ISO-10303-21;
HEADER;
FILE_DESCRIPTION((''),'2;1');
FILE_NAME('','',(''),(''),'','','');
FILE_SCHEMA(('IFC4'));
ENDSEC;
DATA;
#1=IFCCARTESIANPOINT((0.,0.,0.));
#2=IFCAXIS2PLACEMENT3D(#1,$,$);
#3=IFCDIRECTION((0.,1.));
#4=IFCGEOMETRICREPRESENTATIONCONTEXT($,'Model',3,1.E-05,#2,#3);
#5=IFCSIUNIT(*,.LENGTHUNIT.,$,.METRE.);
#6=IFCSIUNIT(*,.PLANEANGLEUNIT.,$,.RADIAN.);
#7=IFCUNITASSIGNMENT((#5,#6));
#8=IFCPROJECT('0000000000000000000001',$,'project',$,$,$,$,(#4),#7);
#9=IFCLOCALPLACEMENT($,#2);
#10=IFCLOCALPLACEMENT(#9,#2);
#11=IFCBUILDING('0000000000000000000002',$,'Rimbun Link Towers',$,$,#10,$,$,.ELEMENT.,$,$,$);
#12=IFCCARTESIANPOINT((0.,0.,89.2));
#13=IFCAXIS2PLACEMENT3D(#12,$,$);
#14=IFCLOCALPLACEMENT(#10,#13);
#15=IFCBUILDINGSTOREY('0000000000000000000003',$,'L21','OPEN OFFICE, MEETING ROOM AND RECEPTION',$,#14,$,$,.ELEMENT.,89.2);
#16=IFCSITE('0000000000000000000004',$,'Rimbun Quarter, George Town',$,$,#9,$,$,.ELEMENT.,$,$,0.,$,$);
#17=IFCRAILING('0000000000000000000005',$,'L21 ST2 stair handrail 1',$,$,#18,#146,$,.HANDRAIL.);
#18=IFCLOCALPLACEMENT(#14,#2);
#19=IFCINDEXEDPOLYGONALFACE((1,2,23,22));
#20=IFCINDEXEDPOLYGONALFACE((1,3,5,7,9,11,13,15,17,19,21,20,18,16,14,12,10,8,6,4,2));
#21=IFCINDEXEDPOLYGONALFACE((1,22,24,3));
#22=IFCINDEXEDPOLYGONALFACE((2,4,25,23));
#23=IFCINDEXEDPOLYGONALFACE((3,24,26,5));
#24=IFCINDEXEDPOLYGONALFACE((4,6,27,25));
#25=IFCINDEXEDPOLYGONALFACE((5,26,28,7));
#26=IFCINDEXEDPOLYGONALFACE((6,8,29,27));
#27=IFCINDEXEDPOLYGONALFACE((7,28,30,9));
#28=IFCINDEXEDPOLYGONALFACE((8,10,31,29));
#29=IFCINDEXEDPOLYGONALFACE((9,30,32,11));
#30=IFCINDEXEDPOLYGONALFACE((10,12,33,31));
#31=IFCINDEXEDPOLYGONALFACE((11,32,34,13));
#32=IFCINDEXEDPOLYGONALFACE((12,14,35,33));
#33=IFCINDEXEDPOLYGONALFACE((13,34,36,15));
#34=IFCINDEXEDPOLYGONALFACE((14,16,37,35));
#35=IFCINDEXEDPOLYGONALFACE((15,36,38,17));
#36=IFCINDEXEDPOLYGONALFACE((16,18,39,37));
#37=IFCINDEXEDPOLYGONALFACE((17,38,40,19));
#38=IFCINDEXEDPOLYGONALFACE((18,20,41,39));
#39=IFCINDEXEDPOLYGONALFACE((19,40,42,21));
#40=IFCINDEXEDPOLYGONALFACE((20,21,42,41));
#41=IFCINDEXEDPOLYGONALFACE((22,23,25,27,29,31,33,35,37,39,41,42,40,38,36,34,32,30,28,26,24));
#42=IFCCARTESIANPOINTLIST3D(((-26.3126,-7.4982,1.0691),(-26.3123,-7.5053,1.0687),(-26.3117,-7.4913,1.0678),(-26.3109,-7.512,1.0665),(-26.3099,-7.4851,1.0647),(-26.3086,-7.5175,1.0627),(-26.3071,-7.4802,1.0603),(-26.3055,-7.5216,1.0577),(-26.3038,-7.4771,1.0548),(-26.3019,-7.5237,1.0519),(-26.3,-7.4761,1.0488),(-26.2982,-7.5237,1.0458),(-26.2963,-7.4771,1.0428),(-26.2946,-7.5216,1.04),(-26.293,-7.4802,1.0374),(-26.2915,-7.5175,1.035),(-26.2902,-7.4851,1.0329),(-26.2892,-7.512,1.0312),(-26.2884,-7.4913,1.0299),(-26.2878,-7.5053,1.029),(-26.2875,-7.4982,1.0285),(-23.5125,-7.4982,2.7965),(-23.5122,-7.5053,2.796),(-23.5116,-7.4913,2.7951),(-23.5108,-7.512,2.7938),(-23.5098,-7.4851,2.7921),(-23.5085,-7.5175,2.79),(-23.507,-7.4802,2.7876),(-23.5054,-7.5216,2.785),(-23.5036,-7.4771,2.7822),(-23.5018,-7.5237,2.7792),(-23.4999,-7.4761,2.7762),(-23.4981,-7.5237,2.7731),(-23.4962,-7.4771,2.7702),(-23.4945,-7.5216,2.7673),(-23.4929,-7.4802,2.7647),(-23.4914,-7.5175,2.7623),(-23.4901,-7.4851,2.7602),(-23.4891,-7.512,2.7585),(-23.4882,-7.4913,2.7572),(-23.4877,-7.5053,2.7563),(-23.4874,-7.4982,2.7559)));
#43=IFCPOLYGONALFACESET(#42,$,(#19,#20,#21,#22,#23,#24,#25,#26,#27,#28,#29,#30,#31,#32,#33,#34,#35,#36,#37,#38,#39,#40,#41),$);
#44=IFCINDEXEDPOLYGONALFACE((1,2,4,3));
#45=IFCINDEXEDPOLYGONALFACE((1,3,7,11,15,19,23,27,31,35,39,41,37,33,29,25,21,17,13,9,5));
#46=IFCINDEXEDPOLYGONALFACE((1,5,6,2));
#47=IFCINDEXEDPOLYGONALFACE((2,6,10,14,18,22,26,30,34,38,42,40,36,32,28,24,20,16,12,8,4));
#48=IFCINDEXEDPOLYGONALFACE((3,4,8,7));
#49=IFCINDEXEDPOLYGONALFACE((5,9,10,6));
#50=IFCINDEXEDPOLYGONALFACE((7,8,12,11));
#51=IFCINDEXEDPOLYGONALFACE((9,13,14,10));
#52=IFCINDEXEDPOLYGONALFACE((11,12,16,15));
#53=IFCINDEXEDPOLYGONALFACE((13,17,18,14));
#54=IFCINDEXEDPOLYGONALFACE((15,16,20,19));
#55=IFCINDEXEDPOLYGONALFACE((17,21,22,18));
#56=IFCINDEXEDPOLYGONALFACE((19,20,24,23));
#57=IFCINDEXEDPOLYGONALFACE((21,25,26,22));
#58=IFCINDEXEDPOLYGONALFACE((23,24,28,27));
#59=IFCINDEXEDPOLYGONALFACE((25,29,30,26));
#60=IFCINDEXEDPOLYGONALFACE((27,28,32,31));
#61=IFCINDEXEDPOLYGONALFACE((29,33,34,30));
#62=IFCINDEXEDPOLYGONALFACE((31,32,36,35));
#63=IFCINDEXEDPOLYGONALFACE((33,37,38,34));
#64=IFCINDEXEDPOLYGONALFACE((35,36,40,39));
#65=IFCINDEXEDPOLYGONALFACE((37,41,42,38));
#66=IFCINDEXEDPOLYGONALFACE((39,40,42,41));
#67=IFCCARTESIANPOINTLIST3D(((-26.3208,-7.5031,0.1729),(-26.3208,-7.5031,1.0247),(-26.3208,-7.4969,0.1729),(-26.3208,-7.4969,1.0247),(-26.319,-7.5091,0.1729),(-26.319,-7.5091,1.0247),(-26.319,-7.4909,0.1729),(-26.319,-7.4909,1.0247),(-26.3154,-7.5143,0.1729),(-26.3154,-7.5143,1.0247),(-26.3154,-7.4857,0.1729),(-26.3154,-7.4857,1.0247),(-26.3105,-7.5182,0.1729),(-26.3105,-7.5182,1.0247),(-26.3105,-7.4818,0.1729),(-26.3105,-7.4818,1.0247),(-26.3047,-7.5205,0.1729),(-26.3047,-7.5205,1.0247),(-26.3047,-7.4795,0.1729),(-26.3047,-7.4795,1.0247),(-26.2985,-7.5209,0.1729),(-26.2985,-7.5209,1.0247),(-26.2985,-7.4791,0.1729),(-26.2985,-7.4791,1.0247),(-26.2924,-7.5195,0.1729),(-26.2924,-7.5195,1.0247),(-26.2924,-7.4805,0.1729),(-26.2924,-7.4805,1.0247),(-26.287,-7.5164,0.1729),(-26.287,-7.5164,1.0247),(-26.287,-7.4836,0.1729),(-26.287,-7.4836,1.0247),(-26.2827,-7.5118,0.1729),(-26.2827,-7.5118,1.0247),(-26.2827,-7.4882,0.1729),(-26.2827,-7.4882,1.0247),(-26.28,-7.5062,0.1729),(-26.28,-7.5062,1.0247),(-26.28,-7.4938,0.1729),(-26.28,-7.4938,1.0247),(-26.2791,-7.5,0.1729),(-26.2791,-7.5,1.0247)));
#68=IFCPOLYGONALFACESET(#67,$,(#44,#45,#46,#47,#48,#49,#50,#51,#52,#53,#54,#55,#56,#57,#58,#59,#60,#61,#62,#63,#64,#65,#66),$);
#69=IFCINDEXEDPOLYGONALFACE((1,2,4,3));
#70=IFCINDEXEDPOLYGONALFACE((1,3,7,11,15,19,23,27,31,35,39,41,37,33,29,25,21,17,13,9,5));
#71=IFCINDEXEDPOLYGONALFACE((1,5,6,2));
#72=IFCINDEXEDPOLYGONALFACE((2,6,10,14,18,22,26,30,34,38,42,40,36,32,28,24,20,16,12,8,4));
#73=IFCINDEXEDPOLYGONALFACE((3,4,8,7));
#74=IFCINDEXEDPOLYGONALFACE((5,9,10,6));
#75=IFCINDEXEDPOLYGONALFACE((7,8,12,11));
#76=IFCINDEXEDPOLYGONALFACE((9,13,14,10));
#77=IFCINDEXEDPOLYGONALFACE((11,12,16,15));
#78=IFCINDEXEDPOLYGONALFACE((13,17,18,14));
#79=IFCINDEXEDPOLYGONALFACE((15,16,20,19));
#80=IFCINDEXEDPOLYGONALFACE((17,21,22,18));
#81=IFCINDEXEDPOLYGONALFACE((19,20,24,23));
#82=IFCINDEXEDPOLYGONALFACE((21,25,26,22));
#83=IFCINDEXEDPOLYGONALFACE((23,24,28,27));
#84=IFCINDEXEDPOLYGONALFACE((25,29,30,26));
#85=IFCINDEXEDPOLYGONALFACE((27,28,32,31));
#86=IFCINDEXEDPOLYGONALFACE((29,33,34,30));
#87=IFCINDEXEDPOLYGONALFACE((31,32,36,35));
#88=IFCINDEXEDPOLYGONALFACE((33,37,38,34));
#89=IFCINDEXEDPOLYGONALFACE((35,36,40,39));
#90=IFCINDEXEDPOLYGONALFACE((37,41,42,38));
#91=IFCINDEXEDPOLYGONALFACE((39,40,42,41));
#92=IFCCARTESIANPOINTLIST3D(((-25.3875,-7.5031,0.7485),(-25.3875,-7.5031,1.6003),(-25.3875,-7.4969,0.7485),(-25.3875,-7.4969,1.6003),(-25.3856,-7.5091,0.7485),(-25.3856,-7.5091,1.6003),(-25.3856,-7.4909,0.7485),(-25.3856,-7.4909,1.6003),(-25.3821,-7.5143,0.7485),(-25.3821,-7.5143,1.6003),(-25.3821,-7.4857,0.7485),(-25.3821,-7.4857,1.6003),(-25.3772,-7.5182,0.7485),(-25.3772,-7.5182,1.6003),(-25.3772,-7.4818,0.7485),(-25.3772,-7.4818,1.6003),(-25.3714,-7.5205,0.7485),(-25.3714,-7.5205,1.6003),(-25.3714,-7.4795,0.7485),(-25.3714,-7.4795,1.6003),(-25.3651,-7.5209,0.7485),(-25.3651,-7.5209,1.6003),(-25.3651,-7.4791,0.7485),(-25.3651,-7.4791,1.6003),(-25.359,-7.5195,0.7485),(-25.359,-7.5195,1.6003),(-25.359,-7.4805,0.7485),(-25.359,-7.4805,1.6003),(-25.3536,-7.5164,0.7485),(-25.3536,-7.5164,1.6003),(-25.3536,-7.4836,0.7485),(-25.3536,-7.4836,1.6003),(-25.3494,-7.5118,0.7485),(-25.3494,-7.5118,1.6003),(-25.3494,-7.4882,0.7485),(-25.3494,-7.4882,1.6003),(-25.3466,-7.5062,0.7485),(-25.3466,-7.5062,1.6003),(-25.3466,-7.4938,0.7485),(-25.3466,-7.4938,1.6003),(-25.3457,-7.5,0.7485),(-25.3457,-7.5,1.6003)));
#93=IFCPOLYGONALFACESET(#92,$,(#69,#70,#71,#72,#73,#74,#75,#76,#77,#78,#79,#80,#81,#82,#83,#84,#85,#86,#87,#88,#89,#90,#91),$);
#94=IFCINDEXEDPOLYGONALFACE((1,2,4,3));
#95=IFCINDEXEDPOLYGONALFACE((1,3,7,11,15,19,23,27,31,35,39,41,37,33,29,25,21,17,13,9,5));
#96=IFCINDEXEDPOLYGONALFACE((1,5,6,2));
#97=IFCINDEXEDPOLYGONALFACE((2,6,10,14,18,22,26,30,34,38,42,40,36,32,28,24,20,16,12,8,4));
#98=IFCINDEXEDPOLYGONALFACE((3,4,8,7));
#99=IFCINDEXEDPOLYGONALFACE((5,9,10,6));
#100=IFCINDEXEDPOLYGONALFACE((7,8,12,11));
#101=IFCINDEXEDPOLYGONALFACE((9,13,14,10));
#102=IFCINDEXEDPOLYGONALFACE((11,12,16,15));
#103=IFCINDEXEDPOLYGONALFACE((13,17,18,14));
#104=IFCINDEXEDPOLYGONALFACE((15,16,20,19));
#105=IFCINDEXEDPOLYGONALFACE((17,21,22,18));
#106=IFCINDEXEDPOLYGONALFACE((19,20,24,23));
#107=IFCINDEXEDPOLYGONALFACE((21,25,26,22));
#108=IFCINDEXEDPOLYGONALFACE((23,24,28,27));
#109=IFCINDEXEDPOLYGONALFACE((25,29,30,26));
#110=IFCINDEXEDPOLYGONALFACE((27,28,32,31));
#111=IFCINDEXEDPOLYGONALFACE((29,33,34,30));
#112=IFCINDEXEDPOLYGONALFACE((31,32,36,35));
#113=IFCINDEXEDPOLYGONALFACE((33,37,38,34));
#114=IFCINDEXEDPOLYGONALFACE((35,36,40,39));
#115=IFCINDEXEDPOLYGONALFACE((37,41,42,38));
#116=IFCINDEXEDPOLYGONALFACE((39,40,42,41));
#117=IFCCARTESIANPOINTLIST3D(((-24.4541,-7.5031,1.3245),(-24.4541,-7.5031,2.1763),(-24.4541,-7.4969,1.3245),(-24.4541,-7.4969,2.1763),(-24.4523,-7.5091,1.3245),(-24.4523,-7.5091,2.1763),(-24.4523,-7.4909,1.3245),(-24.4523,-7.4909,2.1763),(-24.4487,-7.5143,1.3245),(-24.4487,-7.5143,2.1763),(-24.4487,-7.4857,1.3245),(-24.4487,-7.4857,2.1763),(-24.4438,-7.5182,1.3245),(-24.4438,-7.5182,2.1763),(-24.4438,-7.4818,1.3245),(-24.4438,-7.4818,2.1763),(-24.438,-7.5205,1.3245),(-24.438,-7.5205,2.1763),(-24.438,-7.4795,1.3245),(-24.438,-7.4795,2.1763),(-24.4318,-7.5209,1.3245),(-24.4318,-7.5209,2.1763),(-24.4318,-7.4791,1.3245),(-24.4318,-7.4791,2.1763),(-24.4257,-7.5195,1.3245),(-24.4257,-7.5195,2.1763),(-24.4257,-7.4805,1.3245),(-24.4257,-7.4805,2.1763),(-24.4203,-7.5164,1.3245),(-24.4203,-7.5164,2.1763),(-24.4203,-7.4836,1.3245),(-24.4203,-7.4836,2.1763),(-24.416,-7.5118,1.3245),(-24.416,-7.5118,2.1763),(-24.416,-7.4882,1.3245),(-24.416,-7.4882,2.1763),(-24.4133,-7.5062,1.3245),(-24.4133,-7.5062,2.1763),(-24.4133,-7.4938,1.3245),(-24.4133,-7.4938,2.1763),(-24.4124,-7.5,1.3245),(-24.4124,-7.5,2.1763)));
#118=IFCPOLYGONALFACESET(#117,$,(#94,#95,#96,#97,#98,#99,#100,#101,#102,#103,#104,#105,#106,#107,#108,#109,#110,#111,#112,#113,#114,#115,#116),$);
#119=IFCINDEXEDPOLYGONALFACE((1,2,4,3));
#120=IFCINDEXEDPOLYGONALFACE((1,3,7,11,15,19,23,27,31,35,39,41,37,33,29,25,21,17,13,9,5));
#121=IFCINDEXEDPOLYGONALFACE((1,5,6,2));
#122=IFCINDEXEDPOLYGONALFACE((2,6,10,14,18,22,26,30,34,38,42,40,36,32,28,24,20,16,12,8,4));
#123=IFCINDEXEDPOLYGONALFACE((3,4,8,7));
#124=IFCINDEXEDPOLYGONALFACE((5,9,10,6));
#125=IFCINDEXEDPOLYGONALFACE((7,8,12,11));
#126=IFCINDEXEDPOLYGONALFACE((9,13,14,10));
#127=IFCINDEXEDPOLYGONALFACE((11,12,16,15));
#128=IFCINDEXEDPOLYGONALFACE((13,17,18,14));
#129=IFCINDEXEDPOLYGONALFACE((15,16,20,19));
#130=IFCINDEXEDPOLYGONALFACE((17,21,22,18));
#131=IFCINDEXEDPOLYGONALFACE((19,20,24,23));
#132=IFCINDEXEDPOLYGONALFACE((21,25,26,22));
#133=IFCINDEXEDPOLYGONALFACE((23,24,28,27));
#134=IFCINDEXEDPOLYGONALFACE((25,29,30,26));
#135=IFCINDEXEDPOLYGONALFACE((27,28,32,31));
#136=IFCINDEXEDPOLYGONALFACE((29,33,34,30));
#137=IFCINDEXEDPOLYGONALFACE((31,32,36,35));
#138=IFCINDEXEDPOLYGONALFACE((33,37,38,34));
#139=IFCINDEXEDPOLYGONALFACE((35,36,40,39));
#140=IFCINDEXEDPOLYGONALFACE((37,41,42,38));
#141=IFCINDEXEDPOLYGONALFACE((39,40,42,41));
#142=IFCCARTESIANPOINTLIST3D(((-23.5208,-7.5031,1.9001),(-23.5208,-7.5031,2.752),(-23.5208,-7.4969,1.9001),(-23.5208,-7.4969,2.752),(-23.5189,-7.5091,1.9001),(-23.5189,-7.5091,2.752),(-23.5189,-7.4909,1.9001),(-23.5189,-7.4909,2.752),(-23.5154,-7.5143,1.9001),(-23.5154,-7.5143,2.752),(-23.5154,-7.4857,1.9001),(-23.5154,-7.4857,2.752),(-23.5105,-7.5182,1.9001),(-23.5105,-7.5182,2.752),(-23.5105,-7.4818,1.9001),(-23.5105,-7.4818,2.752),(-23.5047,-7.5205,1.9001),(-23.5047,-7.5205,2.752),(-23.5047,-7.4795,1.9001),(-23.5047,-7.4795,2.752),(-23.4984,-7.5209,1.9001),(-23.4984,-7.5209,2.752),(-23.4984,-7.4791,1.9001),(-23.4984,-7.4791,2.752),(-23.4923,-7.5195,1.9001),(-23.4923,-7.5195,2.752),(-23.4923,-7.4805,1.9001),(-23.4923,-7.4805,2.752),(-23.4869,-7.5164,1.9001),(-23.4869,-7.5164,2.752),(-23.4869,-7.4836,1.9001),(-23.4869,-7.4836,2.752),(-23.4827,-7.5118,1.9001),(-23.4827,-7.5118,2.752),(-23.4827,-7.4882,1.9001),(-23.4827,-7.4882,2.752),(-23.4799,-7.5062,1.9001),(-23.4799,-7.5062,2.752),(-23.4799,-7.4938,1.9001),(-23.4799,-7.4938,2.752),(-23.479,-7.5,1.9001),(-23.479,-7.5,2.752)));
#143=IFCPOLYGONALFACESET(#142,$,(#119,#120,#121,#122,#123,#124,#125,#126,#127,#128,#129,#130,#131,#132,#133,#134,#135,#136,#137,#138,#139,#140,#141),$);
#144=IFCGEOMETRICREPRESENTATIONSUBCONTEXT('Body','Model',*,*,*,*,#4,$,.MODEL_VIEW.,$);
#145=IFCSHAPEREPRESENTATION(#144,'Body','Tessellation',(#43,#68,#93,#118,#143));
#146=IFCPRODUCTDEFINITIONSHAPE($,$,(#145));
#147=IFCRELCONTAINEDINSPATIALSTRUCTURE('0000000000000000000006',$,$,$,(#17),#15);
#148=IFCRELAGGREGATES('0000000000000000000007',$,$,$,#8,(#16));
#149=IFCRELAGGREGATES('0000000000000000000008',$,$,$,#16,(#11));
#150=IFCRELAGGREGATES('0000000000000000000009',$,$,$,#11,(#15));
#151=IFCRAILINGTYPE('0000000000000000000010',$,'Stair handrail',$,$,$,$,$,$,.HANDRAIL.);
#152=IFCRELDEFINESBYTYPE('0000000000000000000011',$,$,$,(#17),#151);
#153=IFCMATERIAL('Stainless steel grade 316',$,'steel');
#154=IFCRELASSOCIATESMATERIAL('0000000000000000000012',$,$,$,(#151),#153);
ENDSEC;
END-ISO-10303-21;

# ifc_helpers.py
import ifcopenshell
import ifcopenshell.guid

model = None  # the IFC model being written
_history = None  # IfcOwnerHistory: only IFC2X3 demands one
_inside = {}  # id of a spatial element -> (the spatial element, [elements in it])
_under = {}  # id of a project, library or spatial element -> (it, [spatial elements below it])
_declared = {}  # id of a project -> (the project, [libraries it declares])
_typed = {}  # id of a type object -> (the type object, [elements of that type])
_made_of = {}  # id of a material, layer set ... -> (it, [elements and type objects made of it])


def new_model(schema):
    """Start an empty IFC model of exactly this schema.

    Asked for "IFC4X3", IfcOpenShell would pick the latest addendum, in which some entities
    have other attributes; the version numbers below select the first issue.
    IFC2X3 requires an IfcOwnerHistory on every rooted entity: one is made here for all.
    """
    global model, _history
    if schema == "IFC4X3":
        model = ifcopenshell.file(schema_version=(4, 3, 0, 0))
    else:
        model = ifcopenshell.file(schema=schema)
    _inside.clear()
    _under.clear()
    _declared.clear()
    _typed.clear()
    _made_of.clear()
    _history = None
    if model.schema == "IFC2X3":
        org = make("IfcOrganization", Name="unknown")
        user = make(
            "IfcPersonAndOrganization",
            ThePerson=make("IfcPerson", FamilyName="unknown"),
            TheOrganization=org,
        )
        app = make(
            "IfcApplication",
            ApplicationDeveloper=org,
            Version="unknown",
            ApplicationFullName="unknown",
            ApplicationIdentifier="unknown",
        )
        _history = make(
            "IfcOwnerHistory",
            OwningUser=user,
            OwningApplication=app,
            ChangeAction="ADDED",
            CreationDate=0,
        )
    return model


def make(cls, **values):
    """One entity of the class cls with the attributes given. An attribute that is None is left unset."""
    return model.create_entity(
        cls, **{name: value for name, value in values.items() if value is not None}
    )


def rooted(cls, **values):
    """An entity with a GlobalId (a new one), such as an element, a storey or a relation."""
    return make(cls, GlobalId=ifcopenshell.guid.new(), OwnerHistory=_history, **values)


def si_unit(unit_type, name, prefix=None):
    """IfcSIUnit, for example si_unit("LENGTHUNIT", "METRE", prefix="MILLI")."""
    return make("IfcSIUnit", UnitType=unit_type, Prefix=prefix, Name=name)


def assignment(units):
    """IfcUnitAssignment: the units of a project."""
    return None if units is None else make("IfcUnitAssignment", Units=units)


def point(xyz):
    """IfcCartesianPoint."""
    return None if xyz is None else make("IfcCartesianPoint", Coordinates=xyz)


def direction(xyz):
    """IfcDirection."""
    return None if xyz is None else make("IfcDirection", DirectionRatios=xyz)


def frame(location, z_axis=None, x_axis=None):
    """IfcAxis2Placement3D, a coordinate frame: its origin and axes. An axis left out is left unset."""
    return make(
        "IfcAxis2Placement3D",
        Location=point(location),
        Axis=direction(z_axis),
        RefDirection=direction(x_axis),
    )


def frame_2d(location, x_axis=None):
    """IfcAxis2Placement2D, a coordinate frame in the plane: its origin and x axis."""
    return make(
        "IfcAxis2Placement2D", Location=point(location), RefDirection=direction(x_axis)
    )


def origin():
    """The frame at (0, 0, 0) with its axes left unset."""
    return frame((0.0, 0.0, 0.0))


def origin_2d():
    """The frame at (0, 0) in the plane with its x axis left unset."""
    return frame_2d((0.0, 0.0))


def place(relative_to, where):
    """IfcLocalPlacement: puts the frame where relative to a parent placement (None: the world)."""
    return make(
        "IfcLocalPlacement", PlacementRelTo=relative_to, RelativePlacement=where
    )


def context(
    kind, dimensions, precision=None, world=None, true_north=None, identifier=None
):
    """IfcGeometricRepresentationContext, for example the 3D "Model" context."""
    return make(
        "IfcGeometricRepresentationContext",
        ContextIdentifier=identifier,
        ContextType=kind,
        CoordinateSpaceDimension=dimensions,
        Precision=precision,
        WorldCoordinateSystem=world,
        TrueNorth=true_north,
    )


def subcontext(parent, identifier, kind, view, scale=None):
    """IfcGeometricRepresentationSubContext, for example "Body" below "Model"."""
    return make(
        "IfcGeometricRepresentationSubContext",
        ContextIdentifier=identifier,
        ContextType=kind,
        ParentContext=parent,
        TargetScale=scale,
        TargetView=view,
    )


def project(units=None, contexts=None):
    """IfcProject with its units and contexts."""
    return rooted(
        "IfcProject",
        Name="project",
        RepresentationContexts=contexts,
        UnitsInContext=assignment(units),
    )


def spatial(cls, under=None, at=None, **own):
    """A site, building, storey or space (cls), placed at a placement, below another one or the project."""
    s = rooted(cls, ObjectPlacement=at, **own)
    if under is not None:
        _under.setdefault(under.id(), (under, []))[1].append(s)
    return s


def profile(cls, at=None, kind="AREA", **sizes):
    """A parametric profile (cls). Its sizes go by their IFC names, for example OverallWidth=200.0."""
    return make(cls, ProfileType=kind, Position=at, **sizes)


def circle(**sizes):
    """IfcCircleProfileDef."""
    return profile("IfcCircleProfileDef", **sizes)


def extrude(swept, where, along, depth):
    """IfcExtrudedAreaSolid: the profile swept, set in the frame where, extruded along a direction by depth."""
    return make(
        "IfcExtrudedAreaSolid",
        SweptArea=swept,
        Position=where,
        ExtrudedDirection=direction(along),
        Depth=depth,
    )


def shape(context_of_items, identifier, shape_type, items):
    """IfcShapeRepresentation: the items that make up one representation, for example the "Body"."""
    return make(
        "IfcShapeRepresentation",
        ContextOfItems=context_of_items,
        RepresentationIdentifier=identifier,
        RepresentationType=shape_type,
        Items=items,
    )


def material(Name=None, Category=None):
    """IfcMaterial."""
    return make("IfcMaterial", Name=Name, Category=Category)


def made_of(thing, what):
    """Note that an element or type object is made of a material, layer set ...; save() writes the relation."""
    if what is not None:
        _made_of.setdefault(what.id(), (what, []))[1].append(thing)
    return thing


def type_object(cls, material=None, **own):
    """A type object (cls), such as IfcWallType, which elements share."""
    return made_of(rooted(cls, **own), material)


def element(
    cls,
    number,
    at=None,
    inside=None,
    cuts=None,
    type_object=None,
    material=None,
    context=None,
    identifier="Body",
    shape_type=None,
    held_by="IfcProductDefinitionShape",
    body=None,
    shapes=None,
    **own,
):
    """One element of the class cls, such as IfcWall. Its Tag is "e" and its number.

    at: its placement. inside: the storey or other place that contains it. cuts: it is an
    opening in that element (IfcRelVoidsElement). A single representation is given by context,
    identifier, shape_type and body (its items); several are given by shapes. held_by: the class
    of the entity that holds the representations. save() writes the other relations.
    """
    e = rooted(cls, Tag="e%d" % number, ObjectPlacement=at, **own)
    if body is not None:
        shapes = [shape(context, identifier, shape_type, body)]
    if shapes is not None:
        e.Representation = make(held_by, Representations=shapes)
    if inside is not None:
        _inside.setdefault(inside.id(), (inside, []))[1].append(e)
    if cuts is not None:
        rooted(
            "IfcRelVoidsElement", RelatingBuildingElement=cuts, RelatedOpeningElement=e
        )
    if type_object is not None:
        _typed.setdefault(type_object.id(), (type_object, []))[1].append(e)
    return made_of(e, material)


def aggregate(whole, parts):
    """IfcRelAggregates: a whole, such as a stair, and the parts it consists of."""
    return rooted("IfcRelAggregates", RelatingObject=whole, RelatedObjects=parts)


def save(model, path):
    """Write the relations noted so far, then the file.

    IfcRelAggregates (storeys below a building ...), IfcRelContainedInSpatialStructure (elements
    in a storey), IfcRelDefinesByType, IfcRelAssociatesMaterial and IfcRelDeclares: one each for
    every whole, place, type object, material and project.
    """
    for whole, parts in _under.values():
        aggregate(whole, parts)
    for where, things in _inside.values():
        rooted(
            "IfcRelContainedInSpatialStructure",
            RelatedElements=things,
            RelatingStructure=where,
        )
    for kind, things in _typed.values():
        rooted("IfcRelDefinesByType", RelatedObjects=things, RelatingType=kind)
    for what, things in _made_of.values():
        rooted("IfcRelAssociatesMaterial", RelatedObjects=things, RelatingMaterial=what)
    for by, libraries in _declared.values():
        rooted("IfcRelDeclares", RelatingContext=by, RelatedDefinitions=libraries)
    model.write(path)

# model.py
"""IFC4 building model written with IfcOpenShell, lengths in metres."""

from ifc_helpers import new_model, si_unit, direction, frame, origin, origin_2d, place, context, subcontext, project, spatial, circle, extrude, material, type_object, element, save


model = new_model("IFC4")

# Units and contexts
model_context = context("Model", 3, precision=1e-05, world=origin(), true_north=direction((0.0, 1.0)))
body_context = subcontext(model_context, "Body", "Model", "MODEL_VIEW")
ifc_project = project(units=[si_unit("LENGTHUNIT", "METRE"), si_unit("PLANEANGLEUNIT", "RADIAN")], contexts=[model_context])

# Site, building, storey
site_placement = place(None, origin())
site = spatial("IfcSite", under=ifc_project, at=site_placement, Name="Rimbun Quarter, George Town", CompositionType="ELEMENT", RefElevation=0.0)
building_placement = place(site_placement, origin())
building = spatial("IfcBuilding", under=site, at=building_placement, Name="Rimbun Link Towers", CompositionType="ELEMENT")
storey_placement = place(building_placement, frame((0.0, 0.0, 89.2)))
storey = spatial("IfcBuildingStorey", under=building, at=storey_placement, Name="L21", Description="OPEN OFFICE, MEETING ROOM AND RECEPTION", CompositionType="ELEMENT", Elevation=89.2)

# Railing
ifc_material_1 = material(Name="Stainless steel grade 316", Category="steel")
railing_type_1 = type_object("IfcRailingType", Name="Stair handrail", PredefinedType="HANDRAIL", material=ifc_material_1)
railing_1_placement = place(storey_placement, frame((-26.3, -7.5, 0.1729)))
element("IfcRailing", 1, at=railing_1_placement, inside=storey, type_object=railing_type_1, Name="L21 ST2 stair handrail 1", PredefinedType="HANDRAIL", context=body_context, shape_type="SweptSolid", body=[
    extrude(circle(Radius=0.0239, at=origin_2d()), frame((0.0, 0.0, 0.876), z_axis=(0.85109, 0.0, 0.52502), x_axis=(0.0, 1.0, 0.0)), (0.0, 0.0, 1.0), 3.29),
    extrude(circle(Radius=0.021, at=origin_2d()), origin(), (0.0, 0.0, 1.0), 0.8518),
    extrude(circle(Radius=0.021, at=origin_2d()), frame((0.9333, 0.0, 0.5757)), (0.0, 0.0, 1.0), 0.8518),
    extrude(circle(Radius=0.021, at=origin_2d()), frame((1.8667, 0.0, 1.1516)), (0.0, 0.0, 1.0), 0.8518),
    extrude(circle(Radius=0.021, at=origin_2d()), frame((2.8, 0.0, 1.7273)), (0.0, 0.0, 1.0), 0.8518),
])

save(model, "model.ifc")
